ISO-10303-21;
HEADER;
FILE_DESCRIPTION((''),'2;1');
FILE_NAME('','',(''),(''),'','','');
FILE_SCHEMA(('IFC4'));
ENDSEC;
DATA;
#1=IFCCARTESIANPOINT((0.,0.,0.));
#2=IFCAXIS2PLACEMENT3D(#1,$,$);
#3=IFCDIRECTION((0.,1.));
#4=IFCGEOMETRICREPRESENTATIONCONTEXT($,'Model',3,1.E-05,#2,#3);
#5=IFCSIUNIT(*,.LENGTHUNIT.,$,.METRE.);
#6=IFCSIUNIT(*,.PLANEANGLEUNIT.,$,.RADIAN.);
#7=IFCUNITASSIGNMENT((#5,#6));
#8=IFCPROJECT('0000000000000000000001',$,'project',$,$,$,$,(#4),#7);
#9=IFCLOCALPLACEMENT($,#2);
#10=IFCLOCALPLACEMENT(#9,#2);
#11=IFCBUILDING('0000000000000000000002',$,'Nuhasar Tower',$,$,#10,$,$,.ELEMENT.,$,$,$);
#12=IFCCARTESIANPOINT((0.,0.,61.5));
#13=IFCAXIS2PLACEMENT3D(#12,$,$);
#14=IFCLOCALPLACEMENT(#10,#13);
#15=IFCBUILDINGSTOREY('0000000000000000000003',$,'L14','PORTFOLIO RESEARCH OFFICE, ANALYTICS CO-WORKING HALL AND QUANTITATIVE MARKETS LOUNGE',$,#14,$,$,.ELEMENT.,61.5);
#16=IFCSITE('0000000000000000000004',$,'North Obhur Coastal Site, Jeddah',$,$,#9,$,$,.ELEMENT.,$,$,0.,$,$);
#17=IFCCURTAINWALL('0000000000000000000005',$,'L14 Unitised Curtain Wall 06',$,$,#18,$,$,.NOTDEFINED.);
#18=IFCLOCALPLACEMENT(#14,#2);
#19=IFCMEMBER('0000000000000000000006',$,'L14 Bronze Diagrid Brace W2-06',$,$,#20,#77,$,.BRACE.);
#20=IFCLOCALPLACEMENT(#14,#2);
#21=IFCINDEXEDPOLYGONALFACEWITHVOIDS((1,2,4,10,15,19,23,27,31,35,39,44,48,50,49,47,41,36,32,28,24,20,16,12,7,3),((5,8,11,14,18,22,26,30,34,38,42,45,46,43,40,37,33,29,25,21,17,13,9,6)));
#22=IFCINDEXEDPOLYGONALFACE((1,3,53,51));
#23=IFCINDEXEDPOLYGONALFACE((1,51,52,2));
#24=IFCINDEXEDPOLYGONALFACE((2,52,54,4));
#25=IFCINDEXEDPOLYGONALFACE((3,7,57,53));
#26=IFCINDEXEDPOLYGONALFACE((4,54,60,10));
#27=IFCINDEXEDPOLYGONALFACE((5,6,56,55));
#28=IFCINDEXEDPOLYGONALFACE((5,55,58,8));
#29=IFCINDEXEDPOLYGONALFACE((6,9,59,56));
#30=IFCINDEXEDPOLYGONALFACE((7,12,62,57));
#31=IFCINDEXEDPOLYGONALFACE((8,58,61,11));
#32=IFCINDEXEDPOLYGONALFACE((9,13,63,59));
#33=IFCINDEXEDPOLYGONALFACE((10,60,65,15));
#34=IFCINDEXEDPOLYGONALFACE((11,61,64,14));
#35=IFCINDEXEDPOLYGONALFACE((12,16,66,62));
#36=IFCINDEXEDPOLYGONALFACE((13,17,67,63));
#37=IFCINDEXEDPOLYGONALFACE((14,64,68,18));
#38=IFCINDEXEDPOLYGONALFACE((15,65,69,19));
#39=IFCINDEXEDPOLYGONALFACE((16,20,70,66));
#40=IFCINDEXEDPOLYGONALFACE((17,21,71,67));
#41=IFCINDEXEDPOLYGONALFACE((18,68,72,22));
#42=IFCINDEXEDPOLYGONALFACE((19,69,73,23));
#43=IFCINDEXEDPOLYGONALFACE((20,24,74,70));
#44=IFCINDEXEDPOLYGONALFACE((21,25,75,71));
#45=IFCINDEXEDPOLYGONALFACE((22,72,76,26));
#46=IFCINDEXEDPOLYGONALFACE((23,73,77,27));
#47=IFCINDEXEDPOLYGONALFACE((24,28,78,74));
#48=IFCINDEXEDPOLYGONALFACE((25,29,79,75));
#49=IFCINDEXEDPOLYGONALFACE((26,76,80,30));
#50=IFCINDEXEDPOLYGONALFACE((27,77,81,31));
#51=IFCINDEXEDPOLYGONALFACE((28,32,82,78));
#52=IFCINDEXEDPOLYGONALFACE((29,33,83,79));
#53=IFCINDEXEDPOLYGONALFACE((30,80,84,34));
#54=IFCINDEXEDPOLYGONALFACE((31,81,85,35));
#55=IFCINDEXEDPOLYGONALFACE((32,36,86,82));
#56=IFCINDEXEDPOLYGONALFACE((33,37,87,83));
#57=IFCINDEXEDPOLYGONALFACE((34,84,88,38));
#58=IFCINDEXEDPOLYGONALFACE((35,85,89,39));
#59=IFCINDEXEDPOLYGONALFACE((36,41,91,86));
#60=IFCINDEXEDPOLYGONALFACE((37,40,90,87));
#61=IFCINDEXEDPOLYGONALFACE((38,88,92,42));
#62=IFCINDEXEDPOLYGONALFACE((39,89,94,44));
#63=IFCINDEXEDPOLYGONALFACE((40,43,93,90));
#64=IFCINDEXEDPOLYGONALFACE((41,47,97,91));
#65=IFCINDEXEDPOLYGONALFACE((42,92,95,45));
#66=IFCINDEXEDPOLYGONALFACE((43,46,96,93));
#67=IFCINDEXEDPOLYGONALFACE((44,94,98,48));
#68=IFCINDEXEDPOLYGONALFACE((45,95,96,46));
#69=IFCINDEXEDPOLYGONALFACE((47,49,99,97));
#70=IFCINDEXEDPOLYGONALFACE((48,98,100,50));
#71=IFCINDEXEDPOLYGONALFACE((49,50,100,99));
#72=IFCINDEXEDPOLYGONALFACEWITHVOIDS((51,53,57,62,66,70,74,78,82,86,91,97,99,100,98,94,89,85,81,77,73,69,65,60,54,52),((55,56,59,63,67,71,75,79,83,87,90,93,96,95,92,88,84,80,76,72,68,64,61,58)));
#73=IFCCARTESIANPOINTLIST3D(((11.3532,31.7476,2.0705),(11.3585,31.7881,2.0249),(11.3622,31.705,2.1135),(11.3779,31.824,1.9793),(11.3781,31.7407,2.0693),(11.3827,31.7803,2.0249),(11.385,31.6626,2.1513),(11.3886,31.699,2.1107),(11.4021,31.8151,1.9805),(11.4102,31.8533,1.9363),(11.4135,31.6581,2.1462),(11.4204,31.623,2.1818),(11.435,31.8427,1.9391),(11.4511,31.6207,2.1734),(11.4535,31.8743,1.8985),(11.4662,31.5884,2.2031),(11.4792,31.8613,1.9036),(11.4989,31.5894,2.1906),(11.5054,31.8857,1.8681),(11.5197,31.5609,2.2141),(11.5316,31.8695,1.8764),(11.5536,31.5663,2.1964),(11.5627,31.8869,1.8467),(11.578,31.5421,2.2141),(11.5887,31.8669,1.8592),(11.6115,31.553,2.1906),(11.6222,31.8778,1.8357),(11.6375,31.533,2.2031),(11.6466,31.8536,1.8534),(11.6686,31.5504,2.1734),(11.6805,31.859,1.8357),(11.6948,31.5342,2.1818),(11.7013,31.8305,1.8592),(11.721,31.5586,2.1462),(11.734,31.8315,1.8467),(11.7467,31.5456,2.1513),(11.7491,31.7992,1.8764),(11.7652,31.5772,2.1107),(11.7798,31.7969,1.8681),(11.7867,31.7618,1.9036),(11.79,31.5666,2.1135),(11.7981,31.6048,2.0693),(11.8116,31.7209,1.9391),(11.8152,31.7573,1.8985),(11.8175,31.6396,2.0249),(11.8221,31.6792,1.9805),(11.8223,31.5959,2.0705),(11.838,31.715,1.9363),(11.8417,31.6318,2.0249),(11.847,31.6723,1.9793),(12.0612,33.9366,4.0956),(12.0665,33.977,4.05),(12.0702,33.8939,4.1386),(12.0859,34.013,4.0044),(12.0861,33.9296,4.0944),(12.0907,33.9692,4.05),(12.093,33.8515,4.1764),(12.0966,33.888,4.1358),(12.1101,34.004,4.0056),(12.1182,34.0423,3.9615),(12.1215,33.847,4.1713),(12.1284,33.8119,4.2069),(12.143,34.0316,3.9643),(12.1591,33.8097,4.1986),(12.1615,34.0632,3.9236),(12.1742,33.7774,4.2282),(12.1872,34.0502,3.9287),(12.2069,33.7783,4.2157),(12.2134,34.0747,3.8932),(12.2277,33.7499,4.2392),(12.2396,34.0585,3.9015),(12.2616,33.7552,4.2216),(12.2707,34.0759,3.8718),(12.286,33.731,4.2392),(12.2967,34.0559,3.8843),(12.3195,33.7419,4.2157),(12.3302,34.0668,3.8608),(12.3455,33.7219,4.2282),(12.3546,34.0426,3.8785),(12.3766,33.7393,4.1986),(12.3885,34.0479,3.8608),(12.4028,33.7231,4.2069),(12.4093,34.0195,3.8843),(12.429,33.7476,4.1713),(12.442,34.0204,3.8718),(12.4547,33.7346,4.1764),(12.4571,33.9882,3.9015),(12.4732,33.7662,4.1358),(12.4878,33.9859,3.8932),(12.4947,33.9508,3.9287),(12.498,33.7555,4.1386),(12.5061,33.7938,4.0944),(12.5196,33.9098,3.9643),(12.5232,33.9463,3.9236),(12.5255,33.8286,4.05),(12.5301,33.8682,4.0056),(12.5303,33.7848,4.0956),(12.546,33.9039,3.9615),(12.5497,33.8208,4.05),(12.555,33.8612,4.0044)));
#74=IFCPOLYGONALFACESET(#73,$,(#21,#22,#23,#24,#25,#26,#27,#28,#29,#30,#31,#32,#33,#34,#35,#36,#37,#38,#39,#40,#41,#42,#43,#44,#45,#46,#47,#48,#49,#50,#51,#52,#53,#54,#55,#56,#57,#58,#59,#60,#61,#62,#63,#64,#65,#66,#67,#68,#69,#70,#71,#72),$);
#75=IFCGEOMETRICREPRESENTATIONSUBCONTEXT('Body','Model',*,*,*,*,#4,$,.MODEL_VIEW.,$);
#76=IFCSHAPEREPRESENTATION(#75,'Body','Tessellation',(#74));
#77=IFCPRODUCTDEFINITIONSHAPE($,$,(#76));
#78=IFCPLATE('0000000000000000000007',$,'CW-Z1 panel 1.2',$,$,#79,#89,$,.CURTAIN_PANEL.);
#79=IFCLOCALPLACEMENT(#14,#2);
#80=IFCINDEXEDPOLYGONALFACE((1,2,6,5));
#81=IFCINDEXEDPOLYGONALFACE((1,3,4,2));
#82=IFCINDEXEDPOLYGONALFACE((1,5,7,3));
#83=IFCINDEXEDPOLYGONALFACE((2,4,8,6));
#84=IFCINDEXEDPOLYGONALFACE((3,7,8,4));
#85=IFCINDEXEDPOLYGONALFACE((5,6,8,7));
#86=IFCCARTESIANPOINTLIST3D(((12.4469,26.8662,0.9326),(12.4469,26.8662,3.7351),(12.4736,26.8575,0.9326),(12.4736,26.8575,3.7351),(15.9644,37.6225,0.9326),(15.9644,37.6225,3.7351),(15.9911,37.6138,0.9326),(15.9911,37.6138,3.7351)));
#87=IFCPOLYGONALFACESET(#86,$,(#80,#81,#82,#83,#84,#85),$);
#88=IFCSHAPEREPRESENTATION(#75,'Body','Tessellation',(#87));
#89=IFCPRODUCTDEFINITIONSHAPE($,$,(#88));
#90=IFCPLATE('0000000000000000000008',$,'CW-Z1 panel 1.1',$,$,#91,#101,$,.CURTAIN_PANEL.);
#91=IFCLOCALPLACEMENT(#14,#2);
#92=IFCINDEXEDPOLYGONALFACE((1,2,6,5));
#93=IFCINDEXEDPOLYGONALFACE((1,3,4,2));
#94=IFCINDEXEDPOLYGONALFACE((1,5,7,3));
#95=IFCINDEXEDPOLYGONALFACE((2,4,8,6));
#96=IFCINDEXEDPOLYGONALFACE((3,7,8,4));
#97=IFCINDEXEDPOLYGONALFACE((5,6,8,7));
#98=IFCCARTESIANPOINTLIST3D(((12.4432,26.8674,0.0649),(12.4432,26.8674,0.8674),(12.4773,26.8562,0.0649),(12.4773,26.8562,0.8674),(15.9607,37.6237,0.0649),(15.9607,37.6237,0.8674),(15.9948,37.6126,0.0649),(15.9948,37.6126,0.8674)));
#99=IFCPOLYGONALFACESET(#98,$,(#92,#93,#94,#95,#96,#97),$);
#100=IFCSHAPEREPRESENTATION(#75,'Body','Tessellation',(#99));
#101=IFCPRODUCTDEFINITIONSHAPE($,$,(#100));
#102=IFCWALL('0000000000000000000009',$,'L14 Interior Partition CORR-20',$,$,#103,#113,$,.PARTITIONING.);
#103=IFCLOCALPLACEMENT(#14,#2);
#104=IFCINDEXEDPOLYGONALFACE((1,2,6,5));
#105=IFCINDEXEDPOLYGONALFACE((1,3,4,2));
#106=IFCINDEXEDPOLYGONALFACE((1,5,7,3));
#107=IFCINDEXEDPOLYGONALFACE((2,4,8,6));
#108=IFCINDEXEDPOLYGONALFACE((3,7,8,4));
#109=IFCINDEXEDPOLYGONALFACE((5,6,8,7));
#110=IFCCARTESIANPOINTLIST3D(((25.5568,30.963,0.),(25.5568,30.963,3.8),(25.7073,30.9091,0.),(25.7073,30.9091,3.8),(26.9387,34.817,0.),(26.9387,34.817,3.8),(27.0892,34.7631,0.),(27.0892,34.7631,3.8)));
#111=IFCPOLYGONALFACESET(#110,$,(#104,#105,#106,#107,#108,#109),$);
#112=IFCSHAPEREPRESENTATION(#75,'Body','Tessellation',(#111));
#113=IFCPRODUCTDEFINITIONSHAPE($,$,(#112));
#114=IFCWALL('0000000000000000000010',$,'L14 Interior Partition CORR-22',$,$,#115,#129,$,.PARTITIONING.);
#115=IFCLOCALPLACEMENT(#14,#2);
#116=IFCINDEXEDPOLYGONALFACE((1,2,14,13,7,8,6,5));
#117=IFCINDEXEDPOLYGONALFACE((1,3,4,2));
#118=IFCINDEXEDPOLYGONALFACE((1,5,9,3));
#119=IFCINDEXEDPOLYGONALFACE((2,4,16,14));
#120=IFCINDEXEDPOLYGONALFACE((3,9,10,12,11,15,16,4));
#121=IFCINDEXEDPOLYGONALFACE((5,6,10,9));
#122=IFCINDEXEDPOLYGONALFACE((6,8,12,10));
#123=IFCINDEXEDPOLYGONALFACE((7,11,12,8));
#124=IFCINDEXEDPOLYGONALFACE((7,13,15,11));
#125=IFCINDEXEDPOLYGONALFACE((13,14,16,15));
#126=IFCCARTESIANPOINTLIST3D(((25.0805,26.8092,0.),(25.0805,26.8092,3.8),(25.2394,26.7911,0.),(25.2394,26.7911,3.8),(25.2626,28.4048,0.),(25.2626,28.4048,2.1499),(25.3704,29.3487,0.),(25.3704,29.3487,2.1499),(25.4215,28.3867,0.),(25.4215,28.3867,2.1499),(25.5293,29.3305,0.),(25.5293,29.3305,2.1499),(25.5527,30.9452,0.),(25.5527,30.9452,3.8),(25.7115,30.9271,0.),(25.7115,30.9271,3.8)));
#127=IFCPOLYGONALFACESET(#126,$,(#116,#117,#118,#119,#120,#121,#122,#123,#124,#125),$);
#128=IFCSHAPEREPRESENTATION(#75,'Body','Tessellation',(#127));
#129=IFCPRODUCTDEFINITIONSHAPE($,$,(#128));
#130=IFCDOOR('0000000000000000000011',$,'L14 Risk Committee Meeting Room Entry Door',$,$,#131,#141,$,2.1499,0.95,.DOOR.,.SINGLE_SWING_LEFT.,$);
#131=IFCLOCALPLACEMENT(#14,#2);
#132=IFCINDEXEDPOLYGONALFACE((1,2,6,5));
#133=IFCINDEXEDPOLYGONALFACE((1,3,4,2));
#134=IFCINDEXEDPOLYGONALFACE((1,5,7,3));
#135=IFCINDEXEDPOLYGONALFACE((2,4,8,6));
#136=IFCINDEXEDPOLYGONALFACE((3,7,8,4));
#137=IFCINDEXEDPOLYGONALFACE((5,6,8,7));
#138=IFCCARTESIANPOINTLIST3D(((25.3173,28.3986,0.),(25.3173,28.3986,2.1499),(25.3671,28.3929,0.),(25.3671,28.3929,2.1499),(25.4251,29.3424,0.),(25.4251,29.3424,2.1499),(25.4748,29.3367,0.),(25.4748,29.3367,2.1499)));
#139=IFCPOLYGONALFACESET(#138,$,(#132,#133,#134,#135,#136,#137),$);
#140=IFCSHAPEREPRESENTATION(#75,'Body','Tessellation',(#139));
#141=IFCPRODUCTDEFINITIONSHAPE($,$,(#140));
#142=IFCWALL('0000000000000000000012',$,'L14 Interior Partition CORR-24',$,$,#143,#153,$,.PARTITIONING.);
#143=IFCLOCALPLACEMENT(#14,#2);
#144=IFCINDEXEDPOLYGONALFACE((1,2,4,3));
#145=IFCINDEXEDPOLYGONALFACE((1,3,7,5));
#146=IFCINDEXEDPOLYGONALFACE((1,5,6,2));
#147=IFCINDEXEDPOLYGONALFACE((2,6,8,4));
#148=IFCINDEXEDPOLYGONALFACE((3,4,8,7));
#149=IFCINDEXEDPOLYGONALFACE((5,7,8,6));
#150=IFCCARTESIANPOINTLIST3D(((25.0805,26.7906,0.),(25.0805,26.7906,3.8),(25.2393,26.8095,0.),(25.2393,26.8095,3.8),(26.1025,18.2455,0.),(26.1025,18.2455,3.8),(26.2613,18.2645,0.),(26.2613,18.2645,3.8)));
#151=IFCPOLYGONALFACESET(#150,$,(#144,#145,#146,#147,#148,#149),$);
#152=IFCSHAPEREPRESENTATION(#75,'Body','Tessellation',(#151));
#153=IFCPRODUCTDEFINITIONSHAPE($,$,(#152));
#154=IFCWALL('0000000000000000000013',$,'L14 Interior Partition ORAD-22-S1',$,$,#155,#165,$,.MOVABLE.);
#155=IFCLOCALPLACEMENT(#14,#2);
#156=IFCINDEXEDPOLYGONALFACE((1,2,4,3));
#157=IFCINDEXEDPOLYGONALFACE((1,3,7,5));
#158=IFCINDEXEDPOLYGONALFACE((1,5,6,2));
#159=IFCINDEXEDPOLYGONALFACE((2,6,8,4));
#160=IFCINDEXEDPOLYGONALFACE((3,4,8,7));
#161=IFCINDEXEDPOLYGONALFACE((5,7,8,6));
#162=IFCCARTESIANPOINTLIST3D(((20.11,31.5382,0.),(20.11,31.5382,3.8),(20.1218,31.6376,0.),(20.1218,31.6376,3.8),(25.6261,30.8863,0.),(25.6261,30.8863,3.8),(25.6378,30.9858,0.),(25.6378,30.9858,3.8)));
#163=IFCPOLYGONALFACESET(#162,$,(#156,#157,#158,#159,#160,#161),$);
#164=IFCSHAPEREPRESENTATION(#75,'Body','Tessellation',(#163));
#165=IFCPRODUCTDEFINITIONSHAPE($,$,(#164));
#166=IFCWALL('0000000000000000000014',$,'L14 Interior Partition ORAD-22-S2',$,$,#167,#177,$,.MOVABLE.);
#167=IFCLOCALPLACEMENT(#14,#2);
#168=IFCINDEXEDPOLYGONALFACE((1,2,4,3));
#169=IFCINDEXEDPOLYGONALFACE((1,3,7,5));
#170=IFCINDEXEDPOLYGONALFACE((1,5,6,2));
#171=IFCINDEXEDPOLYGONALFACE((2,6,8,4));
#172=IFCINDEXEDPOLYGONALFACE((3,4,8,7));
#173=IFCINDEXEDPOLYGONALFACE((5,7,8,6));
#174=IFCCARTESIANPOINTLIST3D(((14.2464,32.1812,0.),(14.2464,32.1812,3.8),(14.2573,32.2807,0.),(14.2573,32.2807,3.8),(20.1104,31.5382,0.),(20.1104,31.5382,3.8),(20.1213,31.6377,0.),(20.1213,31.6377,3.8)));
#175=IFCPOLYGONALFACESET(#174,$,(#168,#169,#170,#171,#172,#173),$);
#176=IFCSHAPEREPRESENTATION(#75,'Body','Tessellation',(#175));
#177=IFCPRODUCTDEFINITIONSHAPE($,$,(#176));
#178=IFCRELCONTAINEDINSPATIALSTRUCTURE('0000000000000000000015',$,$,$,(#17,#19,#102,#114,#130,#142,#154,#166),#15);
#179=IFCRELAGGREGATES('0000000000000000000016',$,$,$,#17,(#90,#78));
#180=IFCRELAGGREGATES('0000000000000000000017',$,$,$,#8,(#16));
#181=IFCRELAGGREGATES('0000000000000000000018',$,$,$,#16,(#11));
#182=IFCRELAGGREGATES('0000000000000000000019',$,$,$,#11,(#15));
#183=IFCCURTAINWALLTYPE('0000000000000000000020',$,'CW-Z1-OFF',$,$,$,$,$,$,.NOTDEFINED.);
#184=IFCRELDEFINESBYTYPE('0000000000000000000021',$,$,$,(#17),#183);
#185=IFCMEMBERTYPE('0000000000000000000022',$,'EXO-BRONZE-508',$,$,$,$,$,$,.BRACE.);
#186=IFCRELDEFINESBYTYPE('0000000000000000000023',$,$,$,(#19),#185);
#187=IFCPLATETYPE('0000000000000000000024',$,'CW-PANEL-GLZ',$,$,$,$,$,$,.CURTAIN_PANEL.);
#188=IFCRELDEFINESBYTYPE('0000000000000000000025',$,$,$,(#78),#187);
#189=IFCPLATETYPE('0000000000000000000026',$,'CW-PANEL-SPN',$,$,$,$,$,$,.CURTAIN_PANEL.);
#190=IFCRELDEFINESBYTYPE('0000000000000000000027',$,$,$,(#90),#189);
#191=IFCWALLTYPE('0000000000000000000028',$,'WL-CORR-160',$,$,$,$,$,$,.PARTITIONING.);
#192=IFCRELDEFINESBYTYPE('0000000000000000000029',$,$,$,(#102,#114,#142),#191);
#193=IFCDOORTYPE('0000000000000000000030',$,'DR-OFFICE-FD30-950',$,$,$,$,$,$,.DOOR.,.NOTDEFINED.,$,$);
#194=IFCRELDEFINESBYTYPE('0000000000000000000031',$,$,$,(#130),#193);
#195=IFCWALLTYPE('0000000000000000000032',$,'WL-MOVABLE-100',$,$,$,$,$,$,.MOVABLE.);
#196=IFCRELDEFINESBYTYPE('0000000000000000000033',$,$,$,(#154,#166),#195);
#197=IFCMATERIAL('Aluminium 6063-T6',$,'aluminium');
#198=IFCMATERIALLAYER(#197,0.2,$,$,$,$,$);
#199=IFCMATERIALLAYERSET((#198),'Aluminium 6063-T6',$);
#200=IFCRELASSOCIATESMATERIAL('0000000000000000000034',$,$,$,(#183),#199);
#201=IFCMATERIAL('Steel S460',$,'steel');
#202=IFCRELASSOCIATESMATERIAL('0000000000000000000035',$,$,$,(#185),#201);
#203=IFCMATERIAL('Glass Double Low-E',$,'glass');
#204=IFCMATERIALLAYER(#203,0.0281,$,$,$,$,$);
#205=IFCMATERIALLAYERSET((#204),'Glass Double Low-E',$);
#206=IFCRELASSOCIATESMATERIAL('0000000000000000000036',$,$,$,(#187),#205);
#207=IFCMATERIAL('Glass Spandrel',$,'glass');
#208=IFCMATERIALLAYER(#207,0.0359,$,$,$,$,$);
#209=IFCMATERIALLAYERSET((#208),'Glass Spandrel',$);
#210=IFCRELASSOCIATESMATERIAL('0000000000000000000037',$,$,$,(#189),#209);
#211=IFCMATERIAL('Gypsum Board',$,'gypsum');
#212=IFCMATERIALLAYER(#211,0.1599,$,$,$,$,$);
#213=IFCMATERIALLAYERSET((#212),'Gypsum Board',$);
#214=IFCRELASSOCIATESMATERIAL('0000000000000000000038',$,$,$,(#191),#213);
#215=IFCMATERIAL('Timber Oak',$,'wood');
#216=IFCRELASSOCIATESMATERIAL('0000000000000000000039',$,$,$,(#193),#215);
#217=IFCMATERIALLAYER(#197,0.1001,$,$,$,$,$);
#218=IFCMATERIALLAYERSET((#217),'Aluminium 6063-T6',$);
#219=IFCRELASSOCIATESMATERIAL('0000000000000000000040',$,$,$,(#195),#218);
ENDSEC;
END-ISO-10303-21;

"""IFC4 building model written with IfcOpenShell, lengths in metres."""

from ifc_helpers import new_model, si_unit, direction, frame, frame_2d, origin, origin_2d, place, context, subcontext, project, spatial, rectangle, hollow_circle, extrude, material, layer, layer_set, material_profile, profile_set, type_object, element, fill, aggregate, save


model = new_model("IFC4")

# Units and contexts
model_context = context("Model", 3, precision=1e-05, world=origin(), true_north=direction((0.0, 1.0)))
body_context = subcontext(model_context, "Body", "Model", "MODEL_VIEW")
ifc_project = project(units=[si_unit("LENGTHUNIT", "METRE"), si_unit("PLANEANGLEUNIT", "RADIAN")], contexts=[model_context])

# Site, building, storey
site_placement = place(None, origin())
site = spatial("IfcSite", under=ifc_project, at=site_placement, Name="North Obhur Coastal Site, Jeddah", CompositionType="ELEMENT", RefElevation=0.0)
building_placement = place(site_placement, origin())
building = spatial("IfcBuilding", under=site, at=building_placement, Name="Nuhasar Tower", CompositionType="ELEMENT")
storey_placement = place(building_placement, frame((0.0, 0.0, 61.5)))
storey = spatial("IfcBuildingStorey", under=building, at=storey_placement, Name="L14", Description="PORTFOLIO RESEARCH OFFICE, ANALYTICS CO-WORKING HALL AND QUANTITATIVE MARKETS LOUNGE", CompositionType="ELEMENT", Elevation=61.5)

# Curtain wall
ifc_material_1 = material(Name="Aluminium 6063-T6", Category="aluminium")
ifc_layer_1 = layer(ifc_material_1, 0.2)
ifc_layer_set_1 = layer_set([ifc_layer_1], Name="Aluminium 6063-T6")
curtain_wall_type = type_object("IfcCurtainWallType", Name="CW-Z1-OFF", PredefinedType="NOTDEFINED", material=ifc_layer_set_1)
curtain_wall_1_placement = place(storey_placement, origin())
curtain_wall_1 = element("IfcCurtainWall", 1, at=curtain_wall_1_placement, inside=storey, type_object=curtain_wall_type, Name="L14 Unitised Curtain Wall 06", PredefinedType="NOTDEFINED")

# Member
ifc_material_2 = material(Name="Steel S460", Category="steel")
ifc_material_profile_1 = material_profile(ifc_material_2, hollow_circle(Radius=0.2539, WallThickness=0.0254, at=origin_2d()), Name="HSS508X25.4")
ifc_profile_set_1 = profile_set([ifc_material_profile_1], Name="Steel S460")
member_type_1 = type_object("IfcMemberType", Name="EXO-BRONZE-508", PredefinedType="BRACE", material=ifc_profile_set_1)
member_1_placement = place(storey_placement, frame((11.6001, 31.71, 2.0249), z_axis=(0.231, 0.714187, 0.660739), x_axis=(-0.951468, 0.307747, 0.0)))
element("IfcMember", 2, at=member_1_placement, inside=storey, type_object=member_type_1, Name="L14 Bronze Diagrid Brace W2-06", PredefinedType="BRACE", context=body_context, shape_type="SweptSolid", body=[
    extrude(hollow_circle(Radius=0.2539, WallThickness=0.0254, at=origin_2d()), origin(), (0.0, 0.0, 1.0), 3.0649),
])

# Plates
ifc_material_3 = material(Name="Glass Double Low-E", Category="glass")
ifc_layer_2 = layer(ifc_material_3, 0.0281)
ifc_layer_set_2 = layer_set([ifc_layer_2], Name="Glass Double Low-E")
plate_type_1 = type_object("IfcPlateType", Name="CW-PANEL-GLZ", PredefinedType="CURTAIN_PANEL", material=ifc_layer_set_2)
plate_1_placement = place(storey_placement, frame((14.219, 32.24, 0.9326), z_axis=(0.0, 0.0, 1.0), x_axis=(-0.310824, -0.950468, 0.0)))
plate_1 = element("IfcPlate", 3, at=plate_1_placement, type_object=plate_type_1, Name="CW-Z1 panel 1.2", PredefinedType="CURTAIN_PANEL", context=body_context, shape_type="SweptSolid", body=[
    extrude(rectangle(XDim=11.3169, YDim=0.0281, at=origin_2d()), origin(), (0.0, 0.0, 1.0), 2.8025),
])
ifc_material_4 = material(Name="Glass Spandrel", Category="glass")
ifc_layer_3 = layer(ifc_material_4, 0.0359)
ifc_layer_set_3 = layer_set([ifc_layer_3], Name="Glass Spandrel")
plate_type_2 = type_object("IfcPlateType", Name="CW-PANEL-SPN", PredefinedType="CURTAIN_PANEL", material=ifc_layer_set_3)
plate_2_placement = place(storey_placement, frame((14.219, 32.24, 0.0649), z_axis=(0.0, 0.0, 1.0), x_axis=(-0.310824, -0.950468, 0.0)))
plate_2 = element("IfcPlate", 4, at=plate_2_placement, type_object=plate_type_2, Name="CW-Z1 panel 1.1", PredefinedType="CURTAIN_PANEL", context=body_context, shape_type="SweptSolid", body=[
    extrude(rectangle(XDim=11.3169, YDim=0.0359, at=origin_2d()), origin(), (0.0, 0.0, 1.0), 0.8025),
])
aggregate(curtain_wall_1, [plate_2, plate_1])

# Wall
ifc_material_5 = material(Name="Gypsum Board", Category="gypsum")
ifc_layer_4 = layer(ifc_material_5, 0.1599)
ifc_layer_set_4 = layer_set([ifc_layer_4], Name="Gypsum Board")
wall_type_1 = type_object("IfcWallType", Name="WL-CORR-160", PredefinedType="PARTITIONING", material=ifc_layer_set_4)
wall_1_placement = place(storey_placement, frame((27.0139, 34.79, 0.0), z_axis=(0.0, 0.0, 1.0), x_axis=(-0.337507, -0.941323, 0.0)))
element("IfcWall", 5, at=wall_1_placement, inside=storey, type_object=wall_type_1, Name="L14 Interior Partition CORR-20", PredefinedType="PARTITIONING", context=body_context, shape_type="SweptSolid", body=[
    extrude(rectangle(XDim=4.0942, YDim=0.1599, at=frame_2d((2.0471, 0.0))), origin(), (0.0, 0.0, 1.0), 3.8),
])

# Wall, opening, door
wall_2_placement = place(storey_placement, frame((25.1599, 26.8, 0.0), z_axis=(0.0, 0.0, 1.0), x_axis=(0.113424, 0.993547, 0.0)))
wall_2 = element("IfcWall", 6, at=wall_2_placement, inside=storey, type_object=wall_type_1, Name="L14 Interior Partition CORR-22", PredefinedType="PARTITIONING", context=body_context, shape_type="SweptSolid", body=[
    extrude(rectangle(XDim=4.1628, YDim=0.1599, at=frame_2d((2.0815, 0.0))), origin(), (0.0, 0.0, 1.0), 3.8),
])
opening_placement = place(wall_2_placement, frame((1.606, 0.0, 0.0)))
opening = element("IfcOpeningElement", 7, at=opening_placement, cuts=wall_2, PredefinedType="OPENING", context=body_context, shape_type="SweptSolid", body=[
    extrude(rectangle(XDim=0.95, YDim=2.1499, at=frame_2d((0.4751, 1.075))), frame((0.0, 0.0898, 0.0), z_axis=(0.0, -1.0, 0.0), x_axis=(1.0, 0.0, 0.0)), (0.0, 0.0, 1.0), 0.1799),
])
ifc_material_6 = material(Name="Timber Oak", Category="wood")
door_type = type_object("IfcDoorType", Name="DR-OFFICE-FD30-950", OperationType="NOTDEFINED", PredefinedType="DOOR", material=ifc_material_6)
door_placement = place(opening_placement, origin())
door = element("IfcDoor", 8, at=door_placement, inside=storey, type_object=door_type, Name="L14 Risk Committee Meeting Room Entry Door", OperationType="SINGLE_SWING_LEFT", OverallHeight=2.1499, OverallWidth=0.95, PredefinedType="DOOR", context=body_context, shape_type="SweptSolid", body=[
    extrude(rectangle(XDim=0.95, YDim=2.1499, at=frame_2d((0.4751, 1.075))), frame((0.0, 0.0249, 0.0), z_axis=(0.0, -1.0, 0.0), x_axis=(1.0, 0.0, 0.0)), (0.0, 0.0, 1.0), 0.05),
])
fill(opening, door)

# Walls
wall_3_placement = place(storey_placement, frame((25.1599, 26.8, 0.0), z_axis=(0.0, 0.0, 1.0), x_axis=(0.11875, -0.992924, 0.0)))
element("IfcWall", 9, at=wall_3_placement, inside=storey, type_object=wall_type_1, Name="L14 Interior Partition CORR-24", PredefinedType="PARTITIONING", context=body_context, shape_type="SweptSolid", body=[
    extrude(rectangle(XDim=8.606, YDim=0.1599, at=frame_2d((4.303, 0.0))), origin(), (0.0, 0.0, 1.0), 3.8),
])
ifc_layer_5 = layer(ifc_material_1, 0.1001)
ifc_layer_set_5 = layer_set([ifc_layer_5], Name="Aluminium 6063-T6")
wall_type_2 = type_object("IfcWallType", Name="WL-MOVABLE-100", PredefinedType="MOVABLE", material=ifc_layer_set_5)
wall_4_placement = place(storey_placement, frame((25.6321, 30.936, 0.0), z_axis=(0.0, 0.0, 1.0), x_axis=(-0.99309, 0.117356, 0.0)))
element("IfcWall", 10, at=wall_4_placement, inside=storey, type_object=wall_type_2, Name="L14 Interior Partition ORAD-22-S1", PredefinedType="MOVABLE", context=body_context, shape_type="SweptSolid", body=[
    extrude(rectangle(XDim=5.5544, YDim=0.1001, at=frame_2d((2.7773, 0.0))), origin(), (0.0, 0.0, 1.0), 3.8),
])
wall_5_placement = place(storey_placement, frame((20.116, 31.5879, 0.0), z_axis=(0.0, 0.0, 1.0), x_axis=(-0.994041, 0.10901, 0.0)))
element("IfcWall", 11, at=wall_5_placement, inside=storey, type_object=wall_type_2, Name="L14 Interior Partition ORAD-22-S2", PredefinedType="MOVABLE", context=body_context, shape_type="SweptSolid", body=[
    extrude(rectangle(XDim=5.8992, YDim=0.1001, at=frame_2d((2.9497, 0.0))), origin(), (0.0, 0.0, 1.0), 3.8),
])

save(model, "model.ifc")
